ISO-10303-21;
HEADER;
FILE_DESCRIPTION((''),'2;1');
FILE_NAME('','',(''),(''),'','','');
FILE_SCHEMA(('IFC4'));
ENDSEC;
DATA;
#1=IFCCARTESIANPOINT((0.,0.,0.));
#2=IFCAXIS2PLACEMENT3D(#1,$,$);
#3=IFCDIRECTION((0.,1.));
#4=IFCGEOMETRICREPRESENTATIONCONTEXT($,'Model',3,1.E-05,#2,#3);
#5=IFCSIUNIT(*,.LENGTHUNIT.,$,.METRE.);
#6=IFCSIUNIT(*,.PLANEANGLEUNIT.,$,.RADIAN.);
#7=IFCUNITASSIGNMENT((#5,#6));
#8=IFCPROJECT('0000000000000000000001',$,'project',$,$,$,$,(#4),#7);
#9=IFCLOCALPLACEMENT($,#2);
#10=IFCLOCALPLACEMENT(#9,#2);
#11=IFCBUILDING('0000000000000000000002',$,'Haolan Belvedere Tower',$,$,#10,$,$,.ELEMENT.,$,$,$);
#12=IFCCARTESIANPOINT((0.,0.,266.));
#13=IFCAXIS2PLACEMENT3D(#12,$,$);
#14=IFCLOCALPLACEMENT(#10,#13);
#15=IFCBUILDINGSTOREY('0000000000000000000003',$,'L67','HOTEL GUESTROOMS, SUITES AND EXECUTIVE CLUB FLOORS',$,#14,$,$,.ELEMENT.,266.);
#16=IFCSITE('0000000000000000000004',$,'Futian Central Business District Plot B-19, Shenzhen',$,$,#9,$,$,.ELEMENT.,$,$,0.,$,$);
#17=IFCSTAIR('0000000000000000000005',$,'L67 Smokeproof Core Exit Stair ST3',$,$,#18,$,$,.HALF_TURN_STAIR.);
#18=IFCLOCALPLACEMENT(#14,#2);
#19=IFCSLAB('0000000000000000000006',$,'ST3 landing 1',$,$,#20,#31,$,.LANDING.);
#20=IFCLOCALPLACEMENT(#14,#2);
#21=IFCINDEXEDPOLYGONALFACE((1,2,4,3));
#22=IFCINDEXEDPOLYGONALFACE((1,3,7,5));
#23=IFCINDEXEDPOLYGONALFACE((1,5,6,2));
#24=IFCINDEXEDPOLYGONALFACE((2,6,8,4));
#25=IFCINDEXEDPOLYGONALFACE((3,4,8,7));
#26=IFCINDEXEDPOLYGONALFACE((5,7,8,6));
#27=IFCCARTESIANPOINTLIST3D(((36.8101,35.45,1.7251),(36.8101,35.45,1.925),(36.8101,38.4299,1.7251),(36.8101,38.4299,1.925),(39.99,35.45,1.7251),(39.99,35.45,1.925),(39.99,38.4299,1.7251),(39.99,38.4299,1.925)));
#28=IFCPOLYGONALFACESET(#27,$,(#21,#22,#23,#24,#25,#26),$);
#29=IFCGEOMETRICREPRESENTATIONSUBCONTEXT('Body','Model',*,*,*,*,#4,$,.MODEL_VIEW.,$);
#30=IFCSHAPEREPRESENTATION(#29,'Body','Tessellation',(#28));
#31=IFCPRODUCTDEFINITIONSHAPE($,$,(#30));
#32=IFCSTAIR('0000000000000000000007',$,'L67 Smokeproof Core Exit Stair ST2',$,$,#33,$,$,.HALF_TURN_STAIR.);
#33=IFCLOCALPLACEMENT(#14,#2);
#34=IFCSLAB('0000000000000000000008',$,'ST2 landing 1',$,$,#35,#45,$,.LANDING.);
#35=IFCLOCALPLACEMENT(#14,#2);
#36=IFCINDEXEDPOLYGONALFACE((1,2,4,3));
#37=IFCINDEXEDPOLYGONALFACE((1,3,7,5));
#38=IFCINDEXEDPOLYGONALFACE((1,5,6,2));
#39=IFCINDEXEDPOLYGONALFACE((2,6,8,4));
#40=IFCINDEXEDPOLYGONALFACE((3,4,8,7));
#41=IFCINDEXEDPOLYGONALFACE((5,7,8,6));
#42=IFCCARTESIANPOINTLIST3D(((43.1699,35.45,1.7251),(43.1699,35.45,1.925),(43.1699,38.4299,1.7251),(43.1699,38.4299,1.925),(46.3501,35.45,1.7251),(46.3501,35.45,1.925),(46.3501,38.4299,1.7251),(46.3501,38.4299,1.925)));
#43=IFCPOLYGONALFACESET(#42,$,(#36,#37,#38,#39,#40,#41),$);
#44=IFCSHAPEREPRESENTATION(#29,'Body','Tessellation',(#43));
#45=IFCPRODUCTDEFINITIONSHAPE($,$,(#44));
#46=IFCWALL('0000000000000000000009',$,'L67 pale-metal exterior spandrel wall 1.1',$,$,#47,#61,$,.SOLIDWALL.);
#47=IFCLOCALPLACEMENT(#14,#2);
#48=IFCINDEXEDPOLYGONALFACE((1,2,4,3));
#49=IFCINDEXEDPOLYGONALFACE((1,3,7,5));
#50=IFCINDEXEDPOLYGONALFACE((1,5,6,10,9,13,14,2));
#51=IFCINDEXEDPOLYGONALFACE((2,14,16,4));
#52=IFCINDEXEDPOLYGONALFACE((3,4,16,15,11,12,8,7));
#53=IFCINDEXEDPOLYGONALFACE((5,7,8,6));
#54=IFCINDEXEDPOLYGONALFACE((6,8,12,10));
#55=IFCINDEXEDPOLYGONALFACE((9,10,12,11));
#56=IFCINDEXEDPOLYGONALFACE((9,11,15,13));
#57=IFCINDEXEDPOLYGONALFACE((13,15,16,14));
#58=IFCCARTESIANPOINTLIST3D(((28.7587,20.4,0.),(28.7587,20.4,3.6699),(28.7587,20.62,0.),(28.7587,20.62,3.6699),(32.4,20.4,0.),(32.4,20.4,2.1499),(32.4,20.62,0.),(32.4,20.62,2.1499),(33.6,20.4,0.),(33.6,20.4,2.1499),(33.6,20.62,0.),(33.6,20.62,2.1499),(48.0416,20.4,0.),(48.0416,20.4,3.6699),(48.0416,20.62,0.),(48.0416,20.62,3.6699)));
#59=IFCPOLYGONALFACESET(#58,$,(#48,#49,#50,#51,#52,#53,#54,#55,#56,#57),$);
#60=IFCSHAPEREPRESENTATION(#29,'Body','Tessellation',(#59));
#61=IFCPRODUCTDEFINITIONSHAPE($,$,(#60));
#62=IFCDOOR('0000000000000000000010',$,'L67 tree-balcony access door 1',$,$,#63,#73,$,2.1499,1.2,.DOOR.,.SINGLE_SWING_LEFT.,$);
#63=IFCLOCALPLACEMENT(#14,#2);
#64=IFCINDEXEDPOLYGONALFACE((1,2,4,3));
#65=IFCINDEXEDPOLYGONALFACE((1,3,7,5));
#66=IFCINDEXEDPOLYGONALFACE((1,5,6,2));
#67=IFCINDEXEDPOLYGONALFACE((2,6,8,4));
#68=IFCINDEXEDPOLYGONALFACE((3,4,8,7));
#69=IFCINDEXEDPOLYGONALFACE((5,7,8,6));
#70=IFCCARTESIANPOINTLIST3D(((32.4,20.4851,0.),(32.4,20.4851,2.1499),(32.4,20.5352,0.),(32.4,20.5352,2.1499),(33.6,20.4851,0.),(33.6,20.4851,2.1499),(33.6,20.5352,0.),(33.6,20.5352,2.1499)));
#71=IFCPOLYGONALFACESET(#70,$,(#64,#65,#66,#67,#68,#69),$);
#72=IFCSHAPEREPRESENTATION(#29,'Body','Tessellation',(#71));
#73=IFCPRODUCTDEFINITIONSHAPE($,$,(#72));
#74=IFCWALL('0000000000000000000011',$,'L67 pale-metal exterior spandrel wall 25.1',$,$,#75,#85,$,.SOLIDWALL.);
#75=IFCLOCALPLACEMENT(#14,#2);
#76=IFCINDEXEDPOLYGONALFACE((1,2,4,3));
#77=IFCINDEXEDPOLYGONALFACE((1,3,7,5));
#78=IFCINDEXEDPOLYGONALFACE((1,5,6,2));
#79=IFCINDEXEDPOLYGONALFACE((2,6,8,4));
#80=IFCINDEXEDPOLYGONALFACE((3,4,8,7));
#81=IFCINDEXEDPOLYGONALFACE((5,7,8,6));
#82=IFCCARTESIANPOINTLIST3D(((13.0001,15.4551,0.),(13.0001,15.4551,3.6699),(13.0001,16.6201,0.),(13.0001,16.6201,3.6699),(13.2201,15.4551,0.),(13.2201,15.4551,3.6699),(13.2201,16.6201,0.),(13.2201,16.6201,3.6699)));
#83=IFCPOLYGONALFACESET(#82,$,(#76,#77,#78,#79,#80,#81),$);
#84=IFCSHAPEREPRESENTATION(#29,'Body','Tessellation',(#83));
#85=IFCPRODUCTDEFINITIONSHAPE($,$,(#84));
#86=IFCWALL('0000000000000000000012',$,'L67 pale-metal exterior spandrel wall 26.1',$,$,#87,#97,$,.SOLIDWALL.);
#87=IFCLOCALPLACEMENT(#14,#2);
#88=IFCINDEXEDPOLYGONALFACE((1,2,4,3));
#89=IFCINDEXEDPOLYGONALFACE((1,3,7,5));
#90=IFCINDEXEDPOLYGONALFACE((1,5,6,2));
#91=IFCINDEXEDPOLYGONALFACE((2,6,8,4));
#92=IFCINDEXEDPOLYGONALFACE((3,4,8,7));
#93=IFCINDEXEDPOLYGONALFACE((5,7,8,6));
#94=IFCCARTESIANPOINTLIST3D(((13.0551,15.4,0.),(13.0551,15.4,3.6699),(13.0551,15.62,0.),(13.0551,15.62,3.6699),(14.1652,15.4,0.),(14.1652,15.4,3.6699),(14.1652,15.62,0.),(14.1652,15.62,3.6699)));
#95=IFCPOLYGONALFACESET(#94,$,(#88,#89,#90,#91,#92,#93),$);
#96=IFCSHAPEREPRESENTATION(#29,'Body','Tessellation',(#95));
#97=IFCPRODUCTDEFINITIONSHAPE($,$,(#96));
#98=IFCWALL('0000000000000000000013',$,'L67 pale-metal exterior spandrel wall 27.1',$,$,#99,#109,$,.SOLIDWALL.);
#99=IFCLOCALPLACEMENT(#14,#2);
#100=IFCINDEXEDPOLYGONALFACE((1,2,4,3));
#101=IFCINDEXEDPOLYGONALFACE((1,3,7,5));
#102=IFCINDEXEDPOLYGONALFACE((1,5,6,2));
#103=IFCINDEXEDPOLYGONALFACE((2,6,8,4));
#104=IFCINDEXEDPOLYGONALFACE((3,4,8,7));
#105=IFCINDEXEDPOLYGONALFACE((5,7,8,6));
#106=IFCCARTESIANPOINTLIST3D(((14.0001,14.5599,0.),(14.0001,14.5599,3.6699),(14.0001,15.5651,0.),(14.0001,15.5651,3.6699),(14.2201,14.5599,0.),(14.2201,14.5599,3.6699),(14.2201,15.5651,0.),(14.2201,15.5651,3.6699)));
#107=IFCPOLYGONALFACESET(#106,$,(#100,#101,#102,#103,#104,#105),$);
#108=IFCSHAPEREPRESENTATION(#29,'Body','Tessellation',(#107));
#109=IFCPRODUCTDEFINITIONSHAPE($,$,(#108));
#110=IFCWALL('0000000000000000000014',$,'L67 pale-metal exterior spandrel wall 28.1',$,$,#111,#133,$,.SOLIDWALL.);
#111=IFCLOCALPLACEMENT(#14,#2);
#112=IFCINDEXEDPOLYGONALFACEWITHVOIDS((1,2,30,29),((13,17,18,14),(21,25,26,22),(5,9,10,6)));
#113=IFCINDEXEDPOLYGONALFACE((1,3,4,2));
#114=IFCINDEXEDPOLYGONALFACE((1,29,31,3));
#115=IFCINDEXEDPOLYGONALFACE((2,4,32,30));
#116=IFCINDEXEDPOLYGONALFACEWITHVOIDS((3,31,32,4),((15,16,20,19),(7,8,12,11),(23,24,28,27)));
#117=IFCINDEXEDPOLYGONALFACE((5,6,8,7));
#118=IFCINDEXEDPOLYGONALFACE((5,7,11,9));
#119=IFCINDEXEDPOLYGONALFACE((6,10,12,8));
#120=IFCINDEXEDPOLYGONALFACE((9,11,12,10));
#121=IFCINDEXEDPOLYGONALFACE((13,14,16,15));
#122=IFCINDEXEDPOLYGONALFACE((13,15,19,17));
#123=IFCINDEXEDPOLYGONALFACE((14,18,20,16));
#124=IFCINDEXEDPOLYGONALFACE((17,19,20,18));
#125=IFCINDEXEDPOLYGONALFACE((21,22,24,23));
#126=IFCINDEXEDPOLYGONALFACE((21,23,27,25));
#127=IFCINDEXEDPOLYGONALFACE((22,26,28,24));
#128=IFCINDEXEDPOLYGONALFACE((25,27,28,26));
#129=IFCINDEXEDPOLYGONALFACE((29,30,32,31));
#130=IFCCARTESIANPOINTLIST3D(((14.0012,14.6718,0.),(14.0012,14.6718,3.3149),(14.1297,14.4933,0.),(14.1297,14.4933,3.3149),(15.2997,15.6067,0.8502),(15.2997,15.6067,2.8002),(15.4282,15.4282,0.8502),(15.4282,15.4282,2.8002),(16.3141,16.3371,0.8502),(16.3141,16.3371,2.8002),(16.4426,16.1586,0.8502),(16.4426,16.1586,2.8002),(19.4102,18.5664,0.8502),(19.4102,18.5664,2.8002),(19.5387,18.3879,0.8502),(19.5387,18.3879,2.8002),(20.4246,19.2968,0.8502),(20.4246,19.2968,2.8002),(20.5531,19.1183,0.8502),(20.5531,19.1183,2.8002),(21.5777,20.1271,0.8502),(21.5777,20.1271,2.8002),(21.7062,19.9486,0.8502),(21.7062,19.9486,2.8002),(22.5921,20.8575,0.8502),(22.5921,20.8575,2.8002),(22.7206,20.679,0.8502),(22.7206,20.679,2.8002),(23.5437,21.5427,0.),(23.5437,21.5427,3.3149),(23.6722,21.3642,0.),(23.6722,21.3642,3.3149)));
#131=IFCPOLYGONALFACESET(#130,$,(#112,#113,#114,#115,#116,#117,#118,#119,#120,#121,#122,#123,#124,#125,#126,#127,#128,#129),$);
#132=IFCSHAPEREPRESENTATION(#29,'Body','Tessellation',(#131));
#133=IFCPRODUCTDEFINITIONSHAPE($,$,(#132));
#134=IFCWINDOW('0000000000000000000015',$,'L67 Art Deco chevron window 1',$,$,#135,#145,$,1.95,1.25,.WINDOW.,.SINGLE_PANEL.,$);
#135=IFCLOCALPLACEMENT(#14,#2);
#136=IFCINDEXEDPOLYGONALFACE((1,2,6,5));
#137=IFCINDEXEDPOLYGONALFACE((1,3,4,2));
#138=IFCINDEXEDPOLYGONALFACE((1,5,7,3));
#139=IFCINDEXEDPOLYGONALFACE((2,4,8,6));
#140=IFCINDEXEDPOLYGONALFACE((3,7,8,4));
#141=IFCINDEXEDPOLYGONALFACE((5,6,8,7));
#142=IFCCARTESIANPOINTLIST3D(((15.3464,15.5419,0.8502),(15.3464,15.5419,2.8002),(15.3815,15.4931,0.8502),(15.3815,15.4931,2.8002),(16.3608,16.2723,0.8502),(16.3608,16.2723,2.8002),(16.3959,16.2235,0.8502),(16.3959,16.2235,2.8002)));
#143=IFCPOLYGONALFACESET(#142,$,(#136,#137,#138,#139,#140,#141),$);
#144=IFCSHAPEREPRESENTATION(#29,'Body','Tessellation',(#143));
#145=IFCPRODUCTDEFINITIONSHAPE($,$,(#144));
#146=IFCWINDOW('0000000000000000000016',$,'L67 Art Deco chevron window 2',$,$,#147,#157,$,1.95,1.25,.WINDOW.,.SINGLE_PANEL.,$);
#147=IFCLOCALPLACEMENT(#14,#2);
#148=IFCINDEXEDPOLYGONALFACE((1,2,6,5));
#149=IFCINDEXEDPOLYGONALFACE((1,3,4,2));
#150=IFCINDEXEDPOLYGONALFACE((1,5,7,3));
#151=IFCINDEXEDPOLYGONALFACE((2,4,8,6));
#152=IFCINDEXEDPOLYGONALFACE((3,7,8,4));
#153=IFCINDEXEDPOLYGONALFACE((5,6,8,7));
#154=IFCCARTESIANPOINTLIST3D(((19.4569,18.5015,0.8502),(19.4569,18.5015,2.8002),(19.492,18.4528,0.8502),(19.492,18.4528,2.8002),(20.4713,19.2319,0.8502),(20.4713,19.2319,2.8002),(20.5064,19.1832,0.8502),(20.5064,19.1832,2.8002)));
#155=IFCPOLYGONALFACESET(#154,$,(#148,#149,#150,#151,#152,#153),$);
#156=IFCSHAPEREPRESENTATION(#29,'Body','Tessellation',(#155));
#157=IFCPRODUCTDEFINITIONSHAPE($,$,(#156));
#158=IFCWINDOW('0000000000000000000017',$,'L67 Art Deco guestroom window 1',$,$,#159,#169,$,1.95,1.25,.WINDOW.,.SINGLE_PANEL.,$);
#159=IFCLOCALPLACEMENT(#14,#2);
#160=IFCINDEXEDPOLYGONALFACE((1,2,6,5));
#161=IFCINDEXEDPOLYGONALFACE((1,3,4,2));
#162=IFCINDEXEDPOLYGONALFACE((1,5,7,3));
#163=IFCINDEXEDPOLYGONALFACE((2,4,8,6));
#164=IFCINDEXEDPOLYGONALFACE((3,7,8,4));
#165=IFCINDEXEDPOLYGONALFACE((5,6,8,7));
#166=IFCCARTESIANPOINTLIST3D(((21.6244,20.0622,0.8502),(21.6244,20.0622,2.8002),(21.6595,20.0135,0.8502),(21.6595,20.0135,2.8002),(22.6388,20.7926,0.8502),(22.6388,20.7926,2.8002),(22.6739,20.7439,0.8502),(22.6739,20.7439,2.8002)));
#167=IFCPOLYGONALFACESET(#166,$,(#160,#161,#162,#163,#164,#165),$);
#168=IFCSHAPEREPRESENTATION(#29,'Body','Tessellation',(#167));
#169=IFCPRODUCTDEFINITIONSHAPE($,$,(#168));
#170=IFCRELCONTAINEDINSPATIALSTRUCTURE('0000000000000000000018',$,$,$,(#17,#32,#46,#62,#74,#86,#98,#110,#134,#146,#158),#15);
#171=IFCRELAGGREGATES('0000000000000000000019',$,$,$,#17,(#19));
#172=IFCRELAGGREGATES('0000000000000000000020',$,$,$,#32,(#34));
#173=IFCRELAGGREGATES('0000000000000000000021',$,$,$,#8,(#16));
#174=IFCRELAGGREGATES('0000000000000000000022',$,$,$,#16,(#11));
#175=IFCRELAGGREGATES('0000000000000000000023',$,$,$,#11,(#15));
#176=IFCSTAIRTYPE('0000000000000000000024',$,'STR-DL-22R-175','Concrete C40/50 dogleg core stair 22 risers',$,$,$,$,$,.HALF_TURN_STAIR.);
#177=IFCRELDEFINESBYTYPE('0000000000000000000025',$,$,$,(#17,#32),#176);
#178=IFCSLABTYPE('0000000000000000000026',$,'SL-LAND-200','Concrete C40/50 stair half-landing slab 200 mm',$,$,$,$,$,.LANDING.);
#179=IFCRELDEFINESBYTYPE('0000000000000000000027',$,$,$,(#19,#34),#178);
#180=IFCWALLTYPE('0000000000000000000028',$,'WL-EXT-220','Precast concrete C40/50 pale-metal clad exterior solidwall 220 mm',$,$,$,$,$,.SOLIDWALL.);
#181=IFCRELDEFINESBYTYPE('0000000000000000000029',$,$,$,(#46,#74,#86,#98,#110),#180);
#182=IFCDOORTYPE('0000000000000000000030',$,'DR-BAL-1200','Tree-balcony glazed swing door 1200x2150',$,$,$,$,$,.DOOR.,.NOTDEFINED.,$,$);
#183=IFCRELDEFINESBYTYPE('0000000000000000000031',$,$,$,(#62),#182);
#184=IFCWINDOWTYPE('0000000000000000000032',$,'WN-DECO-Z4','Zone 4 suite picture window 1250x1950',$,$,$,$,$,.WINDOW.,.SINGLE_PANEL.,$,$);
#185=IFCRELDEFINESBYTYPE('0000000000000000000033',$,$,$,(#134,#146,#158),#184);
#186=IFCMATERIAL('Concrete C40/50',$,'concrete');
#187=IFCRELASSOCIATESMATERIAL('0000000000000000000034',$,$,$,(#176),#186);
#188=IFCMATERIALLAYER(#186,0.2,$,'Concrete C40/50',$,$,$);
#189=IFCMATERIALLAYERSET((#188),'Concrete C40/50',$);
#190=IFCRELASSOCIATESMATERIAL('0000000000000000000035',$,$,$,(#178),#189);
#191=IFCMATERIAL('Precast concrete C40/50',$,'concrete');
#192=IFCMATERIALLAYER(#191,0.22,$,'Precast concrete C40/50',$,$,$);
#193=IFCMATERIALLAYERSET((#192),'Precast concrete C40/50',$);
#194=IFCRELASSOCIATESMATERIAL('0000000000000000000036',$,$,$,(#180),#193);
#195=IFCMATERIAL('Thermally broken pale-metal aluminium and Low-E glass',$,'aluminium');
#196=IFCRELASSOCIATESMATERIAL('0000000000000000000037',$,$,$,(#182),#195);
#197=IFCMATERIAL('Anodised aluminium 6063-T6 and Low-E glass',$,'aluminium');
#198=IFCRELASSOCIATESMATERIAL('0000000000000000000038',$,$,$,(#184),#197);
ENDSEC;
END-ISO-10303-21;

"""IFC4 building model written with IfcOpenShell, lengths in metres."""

from ifc_helpers import new_model, si_unit, direction, frame, frame_2d, origin, place, context, subcontext, project, spatial, polyline, rectangle, outline, extrude, material, layer, layer_set, type_object, element, fill, aggregate, save


model = new_model("IFC4")

# Units and contexts
model_context = context("Model", 3, precision=1e-05, world=origin(), true_north=direction((0.0, 1.0)))
body_context = subcontext(model_context, "Body", "Model", "MODEL_VIEW")
ifc_project = project(units=[si_unit("LENGTHUNIT", "METRE"), si_unit("PLANEANGLEUNIT", "RADIAN")], contexts=[model_context])

# Site, building, storey
site_placement = place(None, origin())
site = spatial("IfcSite", under=ifc_project, at=site_placement, Name="Futian Central Business District Plot B-19, Shenzhen", CompositionType="ELEMENT", RefElevation=0.0)
building_placement = place(site_placement, origin())
building = spatial("IfcBuilding", under=site, at=building_placement, Name="Haolan Belvedere Tower", CompositionType="ELEMENT")
storey_placement = place(building_placement, frame((0.0, 0.0, 266.0)))
storey = spatial("IfcBuildingStorey", under=building, at=storey_placement, Name="L67", Description="HOTEL GUESTROOMS, SUITES AND EXECUTIVE CLUB FLOORS", CompositionType="ELEMENT", Elevation=266.0)

# Shared definitions
ifc_material_1 = material(Name="Concrete C40/50", Category="concrete")

# Stairs, slabs
stair_type = type_object("IfcStairType", Name="STR-DL-22R-175", Description="Concrete C40/50 dogleg core stair 22 risers", PredefinedType="HALF_TURN_STAIR", material=ifc_material_1)
ifc_layer_1 = layer(ifc_material_1, 0.2, Name="Concrete C40/50")
ifc_layer_set_1 = layer_set([ifc_layer_1], Name="Concrete C40/50")
slab_type_1 = type_object("IfcSlabType", Name="SL-LAND-200", Description="Concrete C40/50 stair half-landing slab 200 mm", PredefinedType="LANDING", material=ifc_layer_set_1)
stair_1_placement = place(storey_placement, origin())
stair_1 = element("IfcStair", 1, at=stair_1_placement, inside=storey, type_object=stair_type, Name="L67 Smokeproof Core Exit Stair ST3", PredefinedType="HALF_TURN_STAIR")
slab_1_placement = place(storey_placement, frame((0.0, 0.0, 1.7251)))
slab_1 = element("IfcSlab", 2, at=slab_1_placement, type_object=slab_type_1, Name="ST3 landing 1", PredefinedType="LANDING", context=body_context, shape_type="SweptSolid", body=[
    extrude(outline(polyline([(36.8101, 38.4299), (36.8101, 35.45), (39.99, 35.45), (39.99, 38.4299), (36.8101, 38.4299)])), origin(), (0.0, 0.0, 1.0), 0.2),
])
aggregate(stair_1, [slab_1])
stair_2_placement = place(storey_placement, origin())
stair_2 = element("IfcStair", 3, at=stair_2_placement, inside=storey, type_object=stair_type, Name="L67 Smokeproof Core Exit Stair ST2", PredefinedType="HALF_TURN_STAIR")
slab_2_placement = place(storey_placement, frame((0.0, 0.0, 1.7251)))
slab_2 = element("IfcSlab", 4, at=slab_2_placement, type_object=slab_type_1, Name="ST2 landing 1", PredefinedType="LANDING", context=body_context, shape_type="SweptSolid", body=[
    extrude(outline(polyline([(43.1699, 38.4299), (43.1699, 35.45), (46.3501, 35.45), (46.3501, 38.4299), (43.1699, 38.4299)])), origin(), (0.0, 0.0, 1.0), 0.2),
])
aggregate(stair_2, [slab_2])

# Wall, opening, door
ifc_material_2 = material(Name="Precast concrete C40/50", Category="concrete")
ifc_layer_2 = layer(ifc_material_2, 0.22, Name="Precast concrete C40/50")
ifc_layer_set_2 = layer_set([ifc_layer_2], Name="Precast concrete C40/50")
wall_type_1 = type_object("IfcWallType", Name="WL-EXT-220", Description="Precast concrete C40/50 pale-metal clad exterior solidwall 220 mm", PredefinedType="SOLIDWALL", material=ifc_layer_set_2)
wall_1_placement = place(storey_placement, frame((28.7585, 20.51, 0.0), z_axis=(0.0, 0.0, 1.0), x_axis=(1.0, 0.0, 0.0)))
wall_1 = element("IfcWall", 5, at=wall_1_placement, inside=storey, type_object=wall_type_1, Name="L67 pale-metal exterior spandrel wall 1.1", PredefinedType="SOLIDWALL", context=body_context, shape_type="SweptSolid", body=[
    extrude(rectangle(XDim=19.283, YDim=0.22, at=frame_2d((9.6416, 0.0))), origin(), (0.0, 0.0, 1.0), 3.6699),
])
opening_1_placement = place(wall_1_placement, frame((4.8416, 0.0, 0.0), z_axis=(0.0, 0.0, 1.0), x_axis=(-1.0, 0.0, 0.0)))
opening_1 = element("IfcOpeningElement", 6, at=opening_1_placement, cuts=wall_1, PredefinedType="OPENING", context=body_context, shape_type="SweptSolid", body=[
    extrude(rectangle(XDim=1.2, YDim=2.1499, at=frame_2d((0.6001, 1.075))), frame((0.0, 0.1199, 0.0), z_axis=(0.0, -1.0, 0.0), x_axis=(1.0, 0.0, 0.0)), (0.0, 0.0, 1.0), 0.24),
])
ifc_material_3 = material(Name="Thermally broken pale-metal aluminium and Low-E glass", Category="aluminium")
door_type = type_object("IfcDoorType", Name="DR-BAL-1200", Description="Tree-balcony glazed swing door 1200x2150", OperationType="NOTDEFINED", PredefinedType="DOOR", material=ifc_material_3)
door_placement = place(opening_1_placement, origin())
door = element("IfcDoor", 7, at=door_placement, inside=storey, type_object=door_type, Name="L67 tree-balcony access door 1", OperationType="SINGLE_SWING_LEFT", OverallHeight=2.1499, OverallWidth=1.2, PredefinedType="DOOR", context=body_context, shape_type="SweptSolid", body=[
    extrude(rectangle(XDim=1.2, YDim=2.1499, at=frame_2d((0.6001, 1.075))), frame((0.0, 0.0249, 0.0), z_axis=(0.0, -1.0, 0.0), x_axis=(1.0, 0.0, 0.0)), (0.0, 0.0, 1.0), 0.05),
])
fill(opening_1, door)

# Walls
wall_2_placement = place(storey_placement, frame((13.1101, 16.6201, 0.0), z_axis=(0.0, 0.0, 1.0), x_axis=(0.0, -1.0, 0.0)))
element("IfcWall", 8, at=wall_2_placement, inside=storey, type_object=wall_type_1, Name="L67 pale-metal exterior spandrel wall 25.1", PredefinedType="SOLIDWALL", context=body_context, shape_type="SweptSolid", body=[
    extrude(rectangle(XDim=1.165, YDim=0.22, at=frame_2d((0.5825, 0.0))), origin(), (0.0, 0.0, 1.0), 3.6699),
])
wall_3_placement = place(storey_placement, frame((13.0549, 15.51, 0.0), z_axis=(0.0, 0.0, 1.0), x_axis=(1.0, 0.0, 0.0)))
element("IfcWall", 9, at=wall_3_placement, inside=storey, type_object=wall_type_1, Name="L67 pale-metal exterior spandrel wall 26.1", PredefinedType="SOLIDWALL", context=body_context, shape_type="SweptSolid", body=[
    extrude(rectangle(XDim=1.1101, YDim=0.22, at=frame_2d((0.5552, 0.0))), origin(), (0.0, 0.0, 1.0), 3.6699),
])
wall_4_placement = place(storey_placement, frame((14.1101, 15.5649, 0.0), z_axis=(0.0, 0.0, 1.0), x_axis=(0.0, -1.0, 0.0)))
element("IfcWall", 10, at=wall_4_placement, inside=storey, type_object=wall_type_1, Name="L67 pale-metal exterior spandrel wall 27.1", PredefinedType="SOLIDWALL", context=body_context, shape_type="SweptSolid", body=[
    extrude(rectangle(XDim=1.0051, YDim=0.22, at=frame_2d((0.5024, 0.0))), origin(), (0.0, 0.0, 1.0), 3.6699),
])

# Wall, openings, windows
wall_5_placement = place(storey_placement, frame((14.0654, 14.5825, 0.0), z_axis=(0.0, 0.0, 1.0), x_axis=(0.811524, 0.584319, 0.0)))
wall_5 = element("IfcWall", 11, at=wall_5_placement, inside=storey, type_object=wall_type_1, Name="L67 pale-metal exterior spandrel wall 28.1", PredefinedType="SOLIDWALL", context=body_context, shape_type="SweptSolid", body=[
    extrude(rectangle(XDim=11.7588, YDim=0.22, at=frame_2d((5.8794, 0.0))), origin(), (0.0, 0.0, 1.0), 3.3149),
])
opening_2_placement = place(wall_5_placement, frame((1.6001, 0.0, 0.8501)))
opening_2 = element("IfcOpeningElement", 12, at=opening_2_placement, cuts=wall_5, PredefinedType="OPENING", context=body_context, shape_type="SweptSolid", body=[
    extrude(rectangle(XDim=1.25, YDim=1.95, at=frame_2d((0.625, 0.9751))), frame((0.0, 0.1199, 0.0), z_axis=(0.0, -1.0, 0.0), x_axis=(1.0, 0.0, 0.0)), (0.0, 0.0, 1.0), 0.24),
])
opening_3_placement = place(wall_5_placement, frame((6.6653, 0.0, 0.8501)))
opening_3 = element("IfcOpeningElement", 13, at=opening_3_placement, cuts=wall_5, PredefinedType="OPENING", context=body_context, shape_type="SweptSolid", body=[
    extrude(rectangle(XDim=1.25, YDim=1.95, at=frame_2d((0.625, 0.9751))), frame((0.0, 0.1199, 0.0), z_axis=(0.0, -1.0, 0.0), x_axis=(1.0, 0.0, 0.0)), (0.0, 0.0, 1.0), 0.24),
])
opening_4_placement = place(wall_5_placement, frame((9.3362, 0.0, 0.8501)))
opening_4 = element("IfcOpeningElement", 14, at=opening_4_placement, cuts=wall_5, PredefinedType="OPENING", context=body_context, shape_type="SweptSolid", body=[
    extrude(rectangle(XDim=1.25, YDim=1.95, at=frame_2d((0.625, 0.9751))), frame((0.0, 0.1199, 0.0), z_axis=(0.0, -1.0, 0.0), x_axis=(1.0, 0.0, 0.0)), (0.0, 0.0, 1.0), 0.24),
])
ifc_material_4 = material(Name="Anodised aluminium 6063-T6 and Low-E glass", Category="aluminium")
window_type = type_object("IfcWindowType", Name="WN-DECO-Z4", Description="Zone 4 suite picture window 1250x1950", PartitioningType="SINGLE_PANEL", PredefinedType="WINDOW", material=ifc_material_4)
window_1_placement = place(opening_2_placement, origin())
window_1 = element("IfcWindow", 15, at=window_1_placement, inside=storey, type_object=window_type, Name="L67 Art Deco chevron window 1", OverallHeight=1.95, OverallWidth=1.25, PartitioningType="SINGLE_PANEL", PredefinedType="WINDOW", context=body_context, shape_type="SweptSolid", body=[
    extrude(rectangle(XDim=1.25, YDim=1.95, at=frame_2d((0.625, 0.9751))), frame((0.0, 0.03, 0.0), z_axis=(0.0, -1.0, 0.0), x_axis=(1.0, 0.0, 0.0)), (0.0, 0.0, 1.0), 0.0601),
])
fill(opening_2, window_1)
window_2_placement = place(opening_3_placement, origin())
window_2 = element("IfcWindow", 16, at=window_2_placement, inside=storey, type_object=window_type, Name="L67 Art Deco chevron window 2", OverallHeight=1.95, OverallWidth=1.25, PartitioningType="SINGLE_PANEL", PredefinedType="WINDOW", context=body_context, shape_type="SweptSolid", body=[
    extrude(rectangle(XDim=1.25, YDim=1.95, at=frame_2d((0.625, 0.9751))), frame((0.0, 0.03, 0.0), z_axis=(0.0, -1.0, 0.0), x_axis=(1.0, 0.0, 0.0)), (0.0, 0.0, 1.0), 0.0601),
])
fill(opening_3, window_2)
window_3_placement = place(opening_4_placement, origin())
window_3 = element("IfcWindow", 17, at=window_3_placement, inside=storey, type_object=window_type, Name="L67 Art Deco guestroom window 1", OverallHeight=1.95, OverallWidth=1.25, PartitioningType="SINGLE_PANEL", PredefinedType="WINDOW", context=body_context, shape_type="SweptSolid", body=[
    extrude(rectangle(XDim=1.25, YDim=1.95, at=frame_2d((0.625, 0.9751))), frame((0.0, 0.03, 0.0), z_axis=(0.0, -1.0, 0.0), x_axis=(1.0, 0.0, 0.0)), (0.0, 0.0, 1.0), 0.0601),
])
fill(opening_4, window_3)

save(model, "model.ifc")
